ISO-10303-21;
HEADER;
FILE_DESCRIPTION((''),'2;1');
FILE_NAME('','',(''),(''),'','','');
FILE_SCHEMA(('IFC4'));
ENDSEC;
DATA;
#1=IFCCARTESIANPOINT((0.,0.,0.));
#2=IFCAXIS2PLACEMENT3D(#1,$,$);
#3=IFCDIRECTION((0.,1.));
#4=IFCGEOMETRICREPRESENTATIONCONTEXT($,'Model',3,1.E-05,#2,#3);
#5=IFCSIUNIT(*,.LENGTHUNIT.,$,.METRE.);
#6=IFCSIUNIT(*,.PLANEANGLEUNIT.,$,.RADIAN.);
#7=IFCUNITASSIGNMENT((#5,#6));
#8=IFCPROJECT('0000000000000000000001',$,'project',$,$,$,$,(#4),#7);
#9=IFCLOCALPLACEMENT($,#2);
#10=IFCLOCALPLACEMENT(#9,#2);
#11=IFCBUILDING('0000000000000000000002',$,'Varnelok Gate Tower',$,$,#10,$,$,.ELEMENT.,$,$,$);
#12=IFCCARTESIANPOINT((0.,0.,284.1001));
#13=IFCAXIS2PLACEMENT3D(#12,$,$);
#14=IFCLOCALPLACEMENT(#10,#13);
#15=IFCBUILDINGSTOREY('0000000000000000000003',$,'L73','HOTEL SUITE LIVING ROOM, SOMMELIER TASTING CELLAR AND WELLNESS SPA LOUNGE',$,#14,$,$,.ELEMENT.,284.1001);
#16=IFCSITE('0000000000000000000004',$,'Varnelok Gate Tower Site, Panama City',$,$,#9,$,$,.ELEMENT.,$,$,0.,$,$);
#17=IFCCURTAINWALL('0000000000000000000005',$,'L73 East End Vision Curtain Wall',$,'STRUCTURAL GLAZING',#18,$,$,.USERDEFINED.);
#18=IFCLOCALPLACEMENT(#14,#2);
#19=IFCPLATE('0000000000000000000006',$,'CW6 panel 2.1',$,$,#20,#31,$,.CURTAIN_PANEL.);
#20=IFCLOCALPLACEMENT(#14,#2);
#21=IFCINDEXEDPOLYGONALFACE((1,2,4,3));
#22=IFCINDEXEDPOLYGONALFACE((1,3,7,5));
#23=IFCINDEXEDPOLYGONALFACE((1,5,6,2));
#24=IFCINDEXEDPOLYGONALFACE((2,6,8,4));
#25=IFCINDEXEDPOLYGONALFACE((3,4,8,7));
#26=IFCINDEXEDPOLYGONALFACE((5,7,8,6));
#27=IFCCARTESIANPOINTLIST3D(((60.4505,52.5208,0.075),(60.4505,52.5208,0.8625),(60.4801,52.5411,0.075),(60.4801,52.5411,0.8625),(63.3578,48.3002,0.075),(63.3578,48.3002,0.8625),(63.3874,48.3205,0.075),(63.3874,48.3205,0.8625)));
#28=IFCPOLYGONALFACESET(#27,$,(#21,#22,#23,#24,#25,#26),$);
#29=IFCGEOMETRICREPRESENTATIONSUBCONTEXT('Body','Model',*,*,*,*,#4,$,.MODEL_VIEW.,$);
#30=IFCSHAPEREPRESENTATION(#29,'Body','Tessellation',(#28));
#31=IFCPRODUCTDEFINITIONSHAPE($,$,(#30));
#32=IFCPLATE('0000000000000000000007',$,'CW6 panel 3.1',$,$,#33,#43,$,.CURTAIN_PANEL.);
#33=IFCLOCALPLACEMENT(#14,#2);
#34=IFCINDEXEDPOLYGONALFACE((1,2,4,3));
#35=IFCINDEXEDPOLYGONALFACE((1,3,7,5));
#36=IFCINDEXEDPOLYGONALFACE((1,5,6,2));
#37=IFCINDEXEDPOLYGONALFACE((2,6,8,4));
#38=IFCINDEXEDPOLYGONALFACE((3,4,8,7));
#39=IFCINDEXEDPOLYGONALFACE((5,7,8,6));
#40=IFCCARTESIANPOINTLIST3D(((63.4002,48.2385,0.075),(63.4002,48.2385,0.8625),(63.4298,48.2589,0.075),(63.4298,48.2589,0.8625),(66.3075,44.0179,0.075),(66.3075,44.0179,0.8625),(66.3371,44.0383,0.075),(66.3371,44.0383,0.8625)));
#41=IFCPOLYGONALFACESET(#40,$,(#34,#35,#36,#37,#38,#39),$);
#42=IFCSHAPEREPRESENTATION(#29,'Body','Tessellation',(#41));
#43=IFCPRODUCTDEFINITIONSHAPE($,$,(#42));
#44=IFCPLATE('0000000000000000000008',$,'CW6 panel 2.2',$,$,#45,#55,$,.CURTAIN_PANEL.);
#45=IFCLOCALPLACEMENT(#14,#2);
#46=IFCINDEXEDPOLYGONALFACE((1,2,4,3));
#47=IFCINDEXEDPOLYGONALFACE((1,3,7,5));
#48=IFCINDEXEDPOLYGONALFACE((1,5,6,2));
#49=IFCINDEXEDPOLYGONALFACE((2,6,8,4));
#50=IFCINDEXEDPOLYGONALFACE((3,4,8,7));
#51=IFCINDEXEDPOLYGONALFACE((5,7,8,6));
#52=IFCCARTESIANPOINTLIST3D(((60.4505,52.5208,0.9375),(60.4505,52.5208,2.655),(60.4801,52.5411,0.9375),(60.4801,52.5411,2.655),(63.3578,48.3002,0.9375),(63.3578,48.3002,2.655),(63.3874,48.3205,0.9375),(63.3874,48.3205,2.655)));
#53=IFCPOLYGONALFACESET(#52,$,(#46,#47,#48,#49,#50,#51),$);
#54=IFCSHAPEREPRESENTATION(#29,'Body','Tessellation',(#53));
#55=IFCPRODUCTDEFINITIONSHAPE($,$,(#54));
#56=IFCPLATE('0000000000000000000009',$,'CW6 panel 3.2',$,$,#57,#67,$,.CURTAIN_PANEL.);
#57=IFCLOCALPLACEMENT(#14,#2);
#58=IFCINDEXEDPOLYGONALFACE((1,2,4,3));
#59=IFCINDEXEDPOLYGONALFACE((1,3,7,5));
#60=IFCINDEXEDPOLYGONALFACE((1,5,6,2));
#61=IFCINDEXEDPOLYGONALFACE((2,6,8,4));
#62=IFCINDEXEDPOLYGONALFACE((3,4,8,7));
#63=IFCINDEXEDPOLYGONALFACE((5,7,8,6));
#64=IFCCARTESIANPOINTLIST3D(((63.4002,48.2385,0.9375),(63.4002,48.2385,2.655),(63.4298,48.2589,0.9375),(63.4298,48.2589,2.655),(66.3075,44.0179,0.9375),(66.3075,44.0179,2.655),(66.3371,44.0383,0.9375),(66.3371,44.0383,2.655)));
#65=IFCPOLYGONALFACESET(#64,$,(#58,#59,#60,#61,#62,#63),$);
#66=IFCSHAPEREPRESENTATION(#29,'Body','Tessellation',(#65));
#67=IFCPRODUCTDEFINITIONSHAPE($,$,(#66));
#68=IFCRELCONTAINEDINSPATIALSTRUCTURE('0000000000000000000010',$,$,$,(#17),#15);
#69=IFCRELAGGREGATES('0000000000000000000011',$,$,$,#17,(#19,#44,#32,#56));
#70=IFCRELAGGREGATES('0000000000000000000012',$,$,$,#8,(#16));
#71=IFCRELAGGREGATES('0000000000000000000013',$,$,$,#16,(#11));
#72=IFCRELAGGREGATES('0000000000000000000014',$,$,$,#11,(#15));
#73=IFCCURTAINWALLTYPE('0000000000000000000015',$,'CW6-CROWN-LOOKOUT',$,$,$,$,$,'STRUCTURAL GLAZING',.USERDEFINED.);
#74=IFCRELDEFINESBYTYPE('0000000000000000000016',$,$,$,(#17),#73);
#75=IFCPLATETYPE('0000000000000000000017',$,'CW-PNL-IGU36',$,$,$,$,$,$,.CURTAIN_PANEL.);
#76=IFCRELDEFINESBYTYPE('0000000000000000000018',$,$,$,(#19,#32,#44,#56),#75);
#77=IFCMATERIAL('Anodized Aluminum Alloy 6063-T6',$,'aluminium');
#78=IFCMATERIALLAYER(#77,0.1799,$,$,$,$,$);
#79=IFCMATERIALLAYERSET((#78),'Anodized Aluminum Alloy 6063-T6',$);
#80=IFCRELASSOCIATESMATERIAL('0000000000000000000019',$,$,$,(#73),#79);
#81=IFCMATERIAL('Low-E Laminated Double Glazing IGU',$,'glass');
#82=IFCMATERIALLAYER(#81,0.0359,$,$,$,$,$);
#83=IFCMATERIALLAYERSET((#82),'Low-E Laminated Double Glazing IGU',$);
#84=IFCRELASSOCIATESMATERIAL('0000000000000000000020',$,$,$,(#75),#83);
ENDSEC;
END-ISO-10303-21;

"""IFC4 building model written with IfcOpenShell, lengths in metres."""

from ifc_helpers import new_model, si_unit, direction, frame, origin, origin_2d, place, context, subcontext, project, spatial, rectangle, extrude, source, transform, mapped, material, layer, layer_set, type_object, element, aggregate, save


model = new_model("IFC4")

# Units and contexts
model_context = context("Model", 3, precision=1e-05, world=origin(), true_north=direction((0.0, 1.0)))
body_context = subcontext(model_context, "Body", "Model", "MODEL_VIEW")
ifc_project = project(units=[si_unit("LENGTHUNIT", "METRE"), si_unit("PLANEANGLEUNIT", "RADIAN")], contexts=[model_context])

# Site, building, storey
site_placement = place(None, origin())
site = spatial("IfcSite", under=ifc_project, at=site_placement, Name="Varnelok Gate Tower Site, Panama City", CompositionType="ELEMENT", RefElevation=0.0)
building_placement = place(site_placement, origin())
building = spatial("IfcBuilding", under=site, at=building_placement, Name="Varnelok Gate Tower", CompositionType="ELEMENT")
storey_placement = place(building_placement, frame((0.0, 0.0, 284.1001)))
storey = spatial("IfcBuildingStorey", under=building, at=storey_placement, Name="L73", Description="HOTEL SUITE LIVING ROOM, SOMMELIER TASTING CELLAR AND WELLNESS SPA LOUNGE", CompositionType="ELEMENT", Elevation=284.1001)

# Curtain wall, plates
ifc_material_1 = material(Name="Anodized Aluminum Alloy 6063-T6", Category="aluminium")
ifc_layer_1 = layer(ifc_material_1, 0.1799)
ifc_layer_set_1 = layer_set([ifc_layer_1], Name="Anodized Aluminum Alloy 6063-T6")
curtain_wall_type = type_object("IfcCurtainWallType", Name="CW6-CROWN-LOOKOUT", ElementType="STRUCTURAL GLAZING", PredefinedType="USERDEFINED", material=ifc_layer_set_1)
curtain_wall_placement = place(storey_placement, origin())
curtain_wall = element("IfcCurtainWall", 1, at=curtain_wall_placement, inside=storey, type_object=curtain_wall_type, Name="L73 East End Vision Curtain Wall", ObjectType="STRUCTURAL GLAZING", PredefinedType="USERDEFINED")
ifc_material_2 = material(Name="Low-E Laminated Double Glazing IGU", Category="glass")
ifc_layer_2 = layer(ifc_material_2, 0.0359)
ifc_layer_set_2 = layer_set([ifc_layer_2], Name="Low-E Laminated Double Glazing IGU")
plate_type = type_object("IfcPlateType", Name="CW-PNL-IGU36", PredefinedType="CURTAIN_PANEL", material=ifc_layer_set_2)
shared_shape_1 = source(origin(), body_context, "Body", "SweptSolid", [
    extrude(rectangle(XDim=5.125, YDim=0.0359, at=origin_2d()), origin(), (0.0, 0.0, 1.0), 0.7876),
])
plate_1_placement = place(storey_placement, frame((61.9189, 50.4207, 0.075), z_axis=(0.0, 0.0, 1.0), x_axis=(0.567269, -0.823532, 0.0)))
plate_1 = element("IfcPlate", 2, at=plate_1_placement, type_object=plate_type, Name="CW6 panel 2.1", PredefinedType="CURTAIN_PANEL", context=body_context, shape_type="MappedRepresentation", body=[
    mapped(shared_shape_1, transform((0.0, 0.0, 0.0), scale=1.0)),
])
plate_2_placement = place(storey_placement, frame((64.8687, 46.1384, 0.075), z_axis=(0.0, 0.0, 1.0), x_axis=(0.567269, -0.823532, 0.0)))
plate_2 = element("IfcPlate", 3, at=plate_2_placement, type_object=plate_type, Name="CW6 panel 3.1", PredefinedType="CURTAIN_PANEL", context=body_context, shape_type="MappedRepresentation", body=[
    mapped(shared_shape_1, transform((0.0, 0.0, 0.0), scale=1.0)),
])
shared_shape_2 = source(origin(), body_context, "Body", "SweptSolid", [
    extrude(rectangle(XDim=5.125, YDim=0.0359, at=origin_2d()), origin(), (0.0, 0.0, 1.0), 1.7175),
])
plate_3_placement = place(storey_placement, frame((61.9189, 50.4207, 0.9375), z_axis=(0.0, 0.0, 1.0), x_axis=(0.567269, -0.823532, 0.0)))
plate_3 = element("IfcPlate", 4, at=plate_3_placement, type_object=plate_type, Name="CW6 panel 2.2", PredefinedType="CURTAIN_PANEL", context=body_context, shape_type="MappedRepresentation", body=[
    mapped(shared_shape_2, transform((0.0, 0.0, 0.0), scale=1.0)),
])
plate_4_placement = place(storey_placement, frame((64.8687, 46.1384, 0.9375), z_axis=(0.0, 0.0, 1.0), x_axis=(0.567269, -0.823532, 0.0)))
plate_4 = element("IfcPlate", 5, at=plate_4_placement, type_object=plate_type, Name="CW6 panel 3.2", PredefinedType="CURTAIN_PANEL", context=body_context, shape_type="MappedRepresentation", body=[
    mapped(shared_shape_2, transform((0.0, 0.0, 0.0), scale=1.0)),
])
aggregate(curtain_wall, [plate_1, plate_3, plate_2, plate_4])

save(model, "model.ifc")
